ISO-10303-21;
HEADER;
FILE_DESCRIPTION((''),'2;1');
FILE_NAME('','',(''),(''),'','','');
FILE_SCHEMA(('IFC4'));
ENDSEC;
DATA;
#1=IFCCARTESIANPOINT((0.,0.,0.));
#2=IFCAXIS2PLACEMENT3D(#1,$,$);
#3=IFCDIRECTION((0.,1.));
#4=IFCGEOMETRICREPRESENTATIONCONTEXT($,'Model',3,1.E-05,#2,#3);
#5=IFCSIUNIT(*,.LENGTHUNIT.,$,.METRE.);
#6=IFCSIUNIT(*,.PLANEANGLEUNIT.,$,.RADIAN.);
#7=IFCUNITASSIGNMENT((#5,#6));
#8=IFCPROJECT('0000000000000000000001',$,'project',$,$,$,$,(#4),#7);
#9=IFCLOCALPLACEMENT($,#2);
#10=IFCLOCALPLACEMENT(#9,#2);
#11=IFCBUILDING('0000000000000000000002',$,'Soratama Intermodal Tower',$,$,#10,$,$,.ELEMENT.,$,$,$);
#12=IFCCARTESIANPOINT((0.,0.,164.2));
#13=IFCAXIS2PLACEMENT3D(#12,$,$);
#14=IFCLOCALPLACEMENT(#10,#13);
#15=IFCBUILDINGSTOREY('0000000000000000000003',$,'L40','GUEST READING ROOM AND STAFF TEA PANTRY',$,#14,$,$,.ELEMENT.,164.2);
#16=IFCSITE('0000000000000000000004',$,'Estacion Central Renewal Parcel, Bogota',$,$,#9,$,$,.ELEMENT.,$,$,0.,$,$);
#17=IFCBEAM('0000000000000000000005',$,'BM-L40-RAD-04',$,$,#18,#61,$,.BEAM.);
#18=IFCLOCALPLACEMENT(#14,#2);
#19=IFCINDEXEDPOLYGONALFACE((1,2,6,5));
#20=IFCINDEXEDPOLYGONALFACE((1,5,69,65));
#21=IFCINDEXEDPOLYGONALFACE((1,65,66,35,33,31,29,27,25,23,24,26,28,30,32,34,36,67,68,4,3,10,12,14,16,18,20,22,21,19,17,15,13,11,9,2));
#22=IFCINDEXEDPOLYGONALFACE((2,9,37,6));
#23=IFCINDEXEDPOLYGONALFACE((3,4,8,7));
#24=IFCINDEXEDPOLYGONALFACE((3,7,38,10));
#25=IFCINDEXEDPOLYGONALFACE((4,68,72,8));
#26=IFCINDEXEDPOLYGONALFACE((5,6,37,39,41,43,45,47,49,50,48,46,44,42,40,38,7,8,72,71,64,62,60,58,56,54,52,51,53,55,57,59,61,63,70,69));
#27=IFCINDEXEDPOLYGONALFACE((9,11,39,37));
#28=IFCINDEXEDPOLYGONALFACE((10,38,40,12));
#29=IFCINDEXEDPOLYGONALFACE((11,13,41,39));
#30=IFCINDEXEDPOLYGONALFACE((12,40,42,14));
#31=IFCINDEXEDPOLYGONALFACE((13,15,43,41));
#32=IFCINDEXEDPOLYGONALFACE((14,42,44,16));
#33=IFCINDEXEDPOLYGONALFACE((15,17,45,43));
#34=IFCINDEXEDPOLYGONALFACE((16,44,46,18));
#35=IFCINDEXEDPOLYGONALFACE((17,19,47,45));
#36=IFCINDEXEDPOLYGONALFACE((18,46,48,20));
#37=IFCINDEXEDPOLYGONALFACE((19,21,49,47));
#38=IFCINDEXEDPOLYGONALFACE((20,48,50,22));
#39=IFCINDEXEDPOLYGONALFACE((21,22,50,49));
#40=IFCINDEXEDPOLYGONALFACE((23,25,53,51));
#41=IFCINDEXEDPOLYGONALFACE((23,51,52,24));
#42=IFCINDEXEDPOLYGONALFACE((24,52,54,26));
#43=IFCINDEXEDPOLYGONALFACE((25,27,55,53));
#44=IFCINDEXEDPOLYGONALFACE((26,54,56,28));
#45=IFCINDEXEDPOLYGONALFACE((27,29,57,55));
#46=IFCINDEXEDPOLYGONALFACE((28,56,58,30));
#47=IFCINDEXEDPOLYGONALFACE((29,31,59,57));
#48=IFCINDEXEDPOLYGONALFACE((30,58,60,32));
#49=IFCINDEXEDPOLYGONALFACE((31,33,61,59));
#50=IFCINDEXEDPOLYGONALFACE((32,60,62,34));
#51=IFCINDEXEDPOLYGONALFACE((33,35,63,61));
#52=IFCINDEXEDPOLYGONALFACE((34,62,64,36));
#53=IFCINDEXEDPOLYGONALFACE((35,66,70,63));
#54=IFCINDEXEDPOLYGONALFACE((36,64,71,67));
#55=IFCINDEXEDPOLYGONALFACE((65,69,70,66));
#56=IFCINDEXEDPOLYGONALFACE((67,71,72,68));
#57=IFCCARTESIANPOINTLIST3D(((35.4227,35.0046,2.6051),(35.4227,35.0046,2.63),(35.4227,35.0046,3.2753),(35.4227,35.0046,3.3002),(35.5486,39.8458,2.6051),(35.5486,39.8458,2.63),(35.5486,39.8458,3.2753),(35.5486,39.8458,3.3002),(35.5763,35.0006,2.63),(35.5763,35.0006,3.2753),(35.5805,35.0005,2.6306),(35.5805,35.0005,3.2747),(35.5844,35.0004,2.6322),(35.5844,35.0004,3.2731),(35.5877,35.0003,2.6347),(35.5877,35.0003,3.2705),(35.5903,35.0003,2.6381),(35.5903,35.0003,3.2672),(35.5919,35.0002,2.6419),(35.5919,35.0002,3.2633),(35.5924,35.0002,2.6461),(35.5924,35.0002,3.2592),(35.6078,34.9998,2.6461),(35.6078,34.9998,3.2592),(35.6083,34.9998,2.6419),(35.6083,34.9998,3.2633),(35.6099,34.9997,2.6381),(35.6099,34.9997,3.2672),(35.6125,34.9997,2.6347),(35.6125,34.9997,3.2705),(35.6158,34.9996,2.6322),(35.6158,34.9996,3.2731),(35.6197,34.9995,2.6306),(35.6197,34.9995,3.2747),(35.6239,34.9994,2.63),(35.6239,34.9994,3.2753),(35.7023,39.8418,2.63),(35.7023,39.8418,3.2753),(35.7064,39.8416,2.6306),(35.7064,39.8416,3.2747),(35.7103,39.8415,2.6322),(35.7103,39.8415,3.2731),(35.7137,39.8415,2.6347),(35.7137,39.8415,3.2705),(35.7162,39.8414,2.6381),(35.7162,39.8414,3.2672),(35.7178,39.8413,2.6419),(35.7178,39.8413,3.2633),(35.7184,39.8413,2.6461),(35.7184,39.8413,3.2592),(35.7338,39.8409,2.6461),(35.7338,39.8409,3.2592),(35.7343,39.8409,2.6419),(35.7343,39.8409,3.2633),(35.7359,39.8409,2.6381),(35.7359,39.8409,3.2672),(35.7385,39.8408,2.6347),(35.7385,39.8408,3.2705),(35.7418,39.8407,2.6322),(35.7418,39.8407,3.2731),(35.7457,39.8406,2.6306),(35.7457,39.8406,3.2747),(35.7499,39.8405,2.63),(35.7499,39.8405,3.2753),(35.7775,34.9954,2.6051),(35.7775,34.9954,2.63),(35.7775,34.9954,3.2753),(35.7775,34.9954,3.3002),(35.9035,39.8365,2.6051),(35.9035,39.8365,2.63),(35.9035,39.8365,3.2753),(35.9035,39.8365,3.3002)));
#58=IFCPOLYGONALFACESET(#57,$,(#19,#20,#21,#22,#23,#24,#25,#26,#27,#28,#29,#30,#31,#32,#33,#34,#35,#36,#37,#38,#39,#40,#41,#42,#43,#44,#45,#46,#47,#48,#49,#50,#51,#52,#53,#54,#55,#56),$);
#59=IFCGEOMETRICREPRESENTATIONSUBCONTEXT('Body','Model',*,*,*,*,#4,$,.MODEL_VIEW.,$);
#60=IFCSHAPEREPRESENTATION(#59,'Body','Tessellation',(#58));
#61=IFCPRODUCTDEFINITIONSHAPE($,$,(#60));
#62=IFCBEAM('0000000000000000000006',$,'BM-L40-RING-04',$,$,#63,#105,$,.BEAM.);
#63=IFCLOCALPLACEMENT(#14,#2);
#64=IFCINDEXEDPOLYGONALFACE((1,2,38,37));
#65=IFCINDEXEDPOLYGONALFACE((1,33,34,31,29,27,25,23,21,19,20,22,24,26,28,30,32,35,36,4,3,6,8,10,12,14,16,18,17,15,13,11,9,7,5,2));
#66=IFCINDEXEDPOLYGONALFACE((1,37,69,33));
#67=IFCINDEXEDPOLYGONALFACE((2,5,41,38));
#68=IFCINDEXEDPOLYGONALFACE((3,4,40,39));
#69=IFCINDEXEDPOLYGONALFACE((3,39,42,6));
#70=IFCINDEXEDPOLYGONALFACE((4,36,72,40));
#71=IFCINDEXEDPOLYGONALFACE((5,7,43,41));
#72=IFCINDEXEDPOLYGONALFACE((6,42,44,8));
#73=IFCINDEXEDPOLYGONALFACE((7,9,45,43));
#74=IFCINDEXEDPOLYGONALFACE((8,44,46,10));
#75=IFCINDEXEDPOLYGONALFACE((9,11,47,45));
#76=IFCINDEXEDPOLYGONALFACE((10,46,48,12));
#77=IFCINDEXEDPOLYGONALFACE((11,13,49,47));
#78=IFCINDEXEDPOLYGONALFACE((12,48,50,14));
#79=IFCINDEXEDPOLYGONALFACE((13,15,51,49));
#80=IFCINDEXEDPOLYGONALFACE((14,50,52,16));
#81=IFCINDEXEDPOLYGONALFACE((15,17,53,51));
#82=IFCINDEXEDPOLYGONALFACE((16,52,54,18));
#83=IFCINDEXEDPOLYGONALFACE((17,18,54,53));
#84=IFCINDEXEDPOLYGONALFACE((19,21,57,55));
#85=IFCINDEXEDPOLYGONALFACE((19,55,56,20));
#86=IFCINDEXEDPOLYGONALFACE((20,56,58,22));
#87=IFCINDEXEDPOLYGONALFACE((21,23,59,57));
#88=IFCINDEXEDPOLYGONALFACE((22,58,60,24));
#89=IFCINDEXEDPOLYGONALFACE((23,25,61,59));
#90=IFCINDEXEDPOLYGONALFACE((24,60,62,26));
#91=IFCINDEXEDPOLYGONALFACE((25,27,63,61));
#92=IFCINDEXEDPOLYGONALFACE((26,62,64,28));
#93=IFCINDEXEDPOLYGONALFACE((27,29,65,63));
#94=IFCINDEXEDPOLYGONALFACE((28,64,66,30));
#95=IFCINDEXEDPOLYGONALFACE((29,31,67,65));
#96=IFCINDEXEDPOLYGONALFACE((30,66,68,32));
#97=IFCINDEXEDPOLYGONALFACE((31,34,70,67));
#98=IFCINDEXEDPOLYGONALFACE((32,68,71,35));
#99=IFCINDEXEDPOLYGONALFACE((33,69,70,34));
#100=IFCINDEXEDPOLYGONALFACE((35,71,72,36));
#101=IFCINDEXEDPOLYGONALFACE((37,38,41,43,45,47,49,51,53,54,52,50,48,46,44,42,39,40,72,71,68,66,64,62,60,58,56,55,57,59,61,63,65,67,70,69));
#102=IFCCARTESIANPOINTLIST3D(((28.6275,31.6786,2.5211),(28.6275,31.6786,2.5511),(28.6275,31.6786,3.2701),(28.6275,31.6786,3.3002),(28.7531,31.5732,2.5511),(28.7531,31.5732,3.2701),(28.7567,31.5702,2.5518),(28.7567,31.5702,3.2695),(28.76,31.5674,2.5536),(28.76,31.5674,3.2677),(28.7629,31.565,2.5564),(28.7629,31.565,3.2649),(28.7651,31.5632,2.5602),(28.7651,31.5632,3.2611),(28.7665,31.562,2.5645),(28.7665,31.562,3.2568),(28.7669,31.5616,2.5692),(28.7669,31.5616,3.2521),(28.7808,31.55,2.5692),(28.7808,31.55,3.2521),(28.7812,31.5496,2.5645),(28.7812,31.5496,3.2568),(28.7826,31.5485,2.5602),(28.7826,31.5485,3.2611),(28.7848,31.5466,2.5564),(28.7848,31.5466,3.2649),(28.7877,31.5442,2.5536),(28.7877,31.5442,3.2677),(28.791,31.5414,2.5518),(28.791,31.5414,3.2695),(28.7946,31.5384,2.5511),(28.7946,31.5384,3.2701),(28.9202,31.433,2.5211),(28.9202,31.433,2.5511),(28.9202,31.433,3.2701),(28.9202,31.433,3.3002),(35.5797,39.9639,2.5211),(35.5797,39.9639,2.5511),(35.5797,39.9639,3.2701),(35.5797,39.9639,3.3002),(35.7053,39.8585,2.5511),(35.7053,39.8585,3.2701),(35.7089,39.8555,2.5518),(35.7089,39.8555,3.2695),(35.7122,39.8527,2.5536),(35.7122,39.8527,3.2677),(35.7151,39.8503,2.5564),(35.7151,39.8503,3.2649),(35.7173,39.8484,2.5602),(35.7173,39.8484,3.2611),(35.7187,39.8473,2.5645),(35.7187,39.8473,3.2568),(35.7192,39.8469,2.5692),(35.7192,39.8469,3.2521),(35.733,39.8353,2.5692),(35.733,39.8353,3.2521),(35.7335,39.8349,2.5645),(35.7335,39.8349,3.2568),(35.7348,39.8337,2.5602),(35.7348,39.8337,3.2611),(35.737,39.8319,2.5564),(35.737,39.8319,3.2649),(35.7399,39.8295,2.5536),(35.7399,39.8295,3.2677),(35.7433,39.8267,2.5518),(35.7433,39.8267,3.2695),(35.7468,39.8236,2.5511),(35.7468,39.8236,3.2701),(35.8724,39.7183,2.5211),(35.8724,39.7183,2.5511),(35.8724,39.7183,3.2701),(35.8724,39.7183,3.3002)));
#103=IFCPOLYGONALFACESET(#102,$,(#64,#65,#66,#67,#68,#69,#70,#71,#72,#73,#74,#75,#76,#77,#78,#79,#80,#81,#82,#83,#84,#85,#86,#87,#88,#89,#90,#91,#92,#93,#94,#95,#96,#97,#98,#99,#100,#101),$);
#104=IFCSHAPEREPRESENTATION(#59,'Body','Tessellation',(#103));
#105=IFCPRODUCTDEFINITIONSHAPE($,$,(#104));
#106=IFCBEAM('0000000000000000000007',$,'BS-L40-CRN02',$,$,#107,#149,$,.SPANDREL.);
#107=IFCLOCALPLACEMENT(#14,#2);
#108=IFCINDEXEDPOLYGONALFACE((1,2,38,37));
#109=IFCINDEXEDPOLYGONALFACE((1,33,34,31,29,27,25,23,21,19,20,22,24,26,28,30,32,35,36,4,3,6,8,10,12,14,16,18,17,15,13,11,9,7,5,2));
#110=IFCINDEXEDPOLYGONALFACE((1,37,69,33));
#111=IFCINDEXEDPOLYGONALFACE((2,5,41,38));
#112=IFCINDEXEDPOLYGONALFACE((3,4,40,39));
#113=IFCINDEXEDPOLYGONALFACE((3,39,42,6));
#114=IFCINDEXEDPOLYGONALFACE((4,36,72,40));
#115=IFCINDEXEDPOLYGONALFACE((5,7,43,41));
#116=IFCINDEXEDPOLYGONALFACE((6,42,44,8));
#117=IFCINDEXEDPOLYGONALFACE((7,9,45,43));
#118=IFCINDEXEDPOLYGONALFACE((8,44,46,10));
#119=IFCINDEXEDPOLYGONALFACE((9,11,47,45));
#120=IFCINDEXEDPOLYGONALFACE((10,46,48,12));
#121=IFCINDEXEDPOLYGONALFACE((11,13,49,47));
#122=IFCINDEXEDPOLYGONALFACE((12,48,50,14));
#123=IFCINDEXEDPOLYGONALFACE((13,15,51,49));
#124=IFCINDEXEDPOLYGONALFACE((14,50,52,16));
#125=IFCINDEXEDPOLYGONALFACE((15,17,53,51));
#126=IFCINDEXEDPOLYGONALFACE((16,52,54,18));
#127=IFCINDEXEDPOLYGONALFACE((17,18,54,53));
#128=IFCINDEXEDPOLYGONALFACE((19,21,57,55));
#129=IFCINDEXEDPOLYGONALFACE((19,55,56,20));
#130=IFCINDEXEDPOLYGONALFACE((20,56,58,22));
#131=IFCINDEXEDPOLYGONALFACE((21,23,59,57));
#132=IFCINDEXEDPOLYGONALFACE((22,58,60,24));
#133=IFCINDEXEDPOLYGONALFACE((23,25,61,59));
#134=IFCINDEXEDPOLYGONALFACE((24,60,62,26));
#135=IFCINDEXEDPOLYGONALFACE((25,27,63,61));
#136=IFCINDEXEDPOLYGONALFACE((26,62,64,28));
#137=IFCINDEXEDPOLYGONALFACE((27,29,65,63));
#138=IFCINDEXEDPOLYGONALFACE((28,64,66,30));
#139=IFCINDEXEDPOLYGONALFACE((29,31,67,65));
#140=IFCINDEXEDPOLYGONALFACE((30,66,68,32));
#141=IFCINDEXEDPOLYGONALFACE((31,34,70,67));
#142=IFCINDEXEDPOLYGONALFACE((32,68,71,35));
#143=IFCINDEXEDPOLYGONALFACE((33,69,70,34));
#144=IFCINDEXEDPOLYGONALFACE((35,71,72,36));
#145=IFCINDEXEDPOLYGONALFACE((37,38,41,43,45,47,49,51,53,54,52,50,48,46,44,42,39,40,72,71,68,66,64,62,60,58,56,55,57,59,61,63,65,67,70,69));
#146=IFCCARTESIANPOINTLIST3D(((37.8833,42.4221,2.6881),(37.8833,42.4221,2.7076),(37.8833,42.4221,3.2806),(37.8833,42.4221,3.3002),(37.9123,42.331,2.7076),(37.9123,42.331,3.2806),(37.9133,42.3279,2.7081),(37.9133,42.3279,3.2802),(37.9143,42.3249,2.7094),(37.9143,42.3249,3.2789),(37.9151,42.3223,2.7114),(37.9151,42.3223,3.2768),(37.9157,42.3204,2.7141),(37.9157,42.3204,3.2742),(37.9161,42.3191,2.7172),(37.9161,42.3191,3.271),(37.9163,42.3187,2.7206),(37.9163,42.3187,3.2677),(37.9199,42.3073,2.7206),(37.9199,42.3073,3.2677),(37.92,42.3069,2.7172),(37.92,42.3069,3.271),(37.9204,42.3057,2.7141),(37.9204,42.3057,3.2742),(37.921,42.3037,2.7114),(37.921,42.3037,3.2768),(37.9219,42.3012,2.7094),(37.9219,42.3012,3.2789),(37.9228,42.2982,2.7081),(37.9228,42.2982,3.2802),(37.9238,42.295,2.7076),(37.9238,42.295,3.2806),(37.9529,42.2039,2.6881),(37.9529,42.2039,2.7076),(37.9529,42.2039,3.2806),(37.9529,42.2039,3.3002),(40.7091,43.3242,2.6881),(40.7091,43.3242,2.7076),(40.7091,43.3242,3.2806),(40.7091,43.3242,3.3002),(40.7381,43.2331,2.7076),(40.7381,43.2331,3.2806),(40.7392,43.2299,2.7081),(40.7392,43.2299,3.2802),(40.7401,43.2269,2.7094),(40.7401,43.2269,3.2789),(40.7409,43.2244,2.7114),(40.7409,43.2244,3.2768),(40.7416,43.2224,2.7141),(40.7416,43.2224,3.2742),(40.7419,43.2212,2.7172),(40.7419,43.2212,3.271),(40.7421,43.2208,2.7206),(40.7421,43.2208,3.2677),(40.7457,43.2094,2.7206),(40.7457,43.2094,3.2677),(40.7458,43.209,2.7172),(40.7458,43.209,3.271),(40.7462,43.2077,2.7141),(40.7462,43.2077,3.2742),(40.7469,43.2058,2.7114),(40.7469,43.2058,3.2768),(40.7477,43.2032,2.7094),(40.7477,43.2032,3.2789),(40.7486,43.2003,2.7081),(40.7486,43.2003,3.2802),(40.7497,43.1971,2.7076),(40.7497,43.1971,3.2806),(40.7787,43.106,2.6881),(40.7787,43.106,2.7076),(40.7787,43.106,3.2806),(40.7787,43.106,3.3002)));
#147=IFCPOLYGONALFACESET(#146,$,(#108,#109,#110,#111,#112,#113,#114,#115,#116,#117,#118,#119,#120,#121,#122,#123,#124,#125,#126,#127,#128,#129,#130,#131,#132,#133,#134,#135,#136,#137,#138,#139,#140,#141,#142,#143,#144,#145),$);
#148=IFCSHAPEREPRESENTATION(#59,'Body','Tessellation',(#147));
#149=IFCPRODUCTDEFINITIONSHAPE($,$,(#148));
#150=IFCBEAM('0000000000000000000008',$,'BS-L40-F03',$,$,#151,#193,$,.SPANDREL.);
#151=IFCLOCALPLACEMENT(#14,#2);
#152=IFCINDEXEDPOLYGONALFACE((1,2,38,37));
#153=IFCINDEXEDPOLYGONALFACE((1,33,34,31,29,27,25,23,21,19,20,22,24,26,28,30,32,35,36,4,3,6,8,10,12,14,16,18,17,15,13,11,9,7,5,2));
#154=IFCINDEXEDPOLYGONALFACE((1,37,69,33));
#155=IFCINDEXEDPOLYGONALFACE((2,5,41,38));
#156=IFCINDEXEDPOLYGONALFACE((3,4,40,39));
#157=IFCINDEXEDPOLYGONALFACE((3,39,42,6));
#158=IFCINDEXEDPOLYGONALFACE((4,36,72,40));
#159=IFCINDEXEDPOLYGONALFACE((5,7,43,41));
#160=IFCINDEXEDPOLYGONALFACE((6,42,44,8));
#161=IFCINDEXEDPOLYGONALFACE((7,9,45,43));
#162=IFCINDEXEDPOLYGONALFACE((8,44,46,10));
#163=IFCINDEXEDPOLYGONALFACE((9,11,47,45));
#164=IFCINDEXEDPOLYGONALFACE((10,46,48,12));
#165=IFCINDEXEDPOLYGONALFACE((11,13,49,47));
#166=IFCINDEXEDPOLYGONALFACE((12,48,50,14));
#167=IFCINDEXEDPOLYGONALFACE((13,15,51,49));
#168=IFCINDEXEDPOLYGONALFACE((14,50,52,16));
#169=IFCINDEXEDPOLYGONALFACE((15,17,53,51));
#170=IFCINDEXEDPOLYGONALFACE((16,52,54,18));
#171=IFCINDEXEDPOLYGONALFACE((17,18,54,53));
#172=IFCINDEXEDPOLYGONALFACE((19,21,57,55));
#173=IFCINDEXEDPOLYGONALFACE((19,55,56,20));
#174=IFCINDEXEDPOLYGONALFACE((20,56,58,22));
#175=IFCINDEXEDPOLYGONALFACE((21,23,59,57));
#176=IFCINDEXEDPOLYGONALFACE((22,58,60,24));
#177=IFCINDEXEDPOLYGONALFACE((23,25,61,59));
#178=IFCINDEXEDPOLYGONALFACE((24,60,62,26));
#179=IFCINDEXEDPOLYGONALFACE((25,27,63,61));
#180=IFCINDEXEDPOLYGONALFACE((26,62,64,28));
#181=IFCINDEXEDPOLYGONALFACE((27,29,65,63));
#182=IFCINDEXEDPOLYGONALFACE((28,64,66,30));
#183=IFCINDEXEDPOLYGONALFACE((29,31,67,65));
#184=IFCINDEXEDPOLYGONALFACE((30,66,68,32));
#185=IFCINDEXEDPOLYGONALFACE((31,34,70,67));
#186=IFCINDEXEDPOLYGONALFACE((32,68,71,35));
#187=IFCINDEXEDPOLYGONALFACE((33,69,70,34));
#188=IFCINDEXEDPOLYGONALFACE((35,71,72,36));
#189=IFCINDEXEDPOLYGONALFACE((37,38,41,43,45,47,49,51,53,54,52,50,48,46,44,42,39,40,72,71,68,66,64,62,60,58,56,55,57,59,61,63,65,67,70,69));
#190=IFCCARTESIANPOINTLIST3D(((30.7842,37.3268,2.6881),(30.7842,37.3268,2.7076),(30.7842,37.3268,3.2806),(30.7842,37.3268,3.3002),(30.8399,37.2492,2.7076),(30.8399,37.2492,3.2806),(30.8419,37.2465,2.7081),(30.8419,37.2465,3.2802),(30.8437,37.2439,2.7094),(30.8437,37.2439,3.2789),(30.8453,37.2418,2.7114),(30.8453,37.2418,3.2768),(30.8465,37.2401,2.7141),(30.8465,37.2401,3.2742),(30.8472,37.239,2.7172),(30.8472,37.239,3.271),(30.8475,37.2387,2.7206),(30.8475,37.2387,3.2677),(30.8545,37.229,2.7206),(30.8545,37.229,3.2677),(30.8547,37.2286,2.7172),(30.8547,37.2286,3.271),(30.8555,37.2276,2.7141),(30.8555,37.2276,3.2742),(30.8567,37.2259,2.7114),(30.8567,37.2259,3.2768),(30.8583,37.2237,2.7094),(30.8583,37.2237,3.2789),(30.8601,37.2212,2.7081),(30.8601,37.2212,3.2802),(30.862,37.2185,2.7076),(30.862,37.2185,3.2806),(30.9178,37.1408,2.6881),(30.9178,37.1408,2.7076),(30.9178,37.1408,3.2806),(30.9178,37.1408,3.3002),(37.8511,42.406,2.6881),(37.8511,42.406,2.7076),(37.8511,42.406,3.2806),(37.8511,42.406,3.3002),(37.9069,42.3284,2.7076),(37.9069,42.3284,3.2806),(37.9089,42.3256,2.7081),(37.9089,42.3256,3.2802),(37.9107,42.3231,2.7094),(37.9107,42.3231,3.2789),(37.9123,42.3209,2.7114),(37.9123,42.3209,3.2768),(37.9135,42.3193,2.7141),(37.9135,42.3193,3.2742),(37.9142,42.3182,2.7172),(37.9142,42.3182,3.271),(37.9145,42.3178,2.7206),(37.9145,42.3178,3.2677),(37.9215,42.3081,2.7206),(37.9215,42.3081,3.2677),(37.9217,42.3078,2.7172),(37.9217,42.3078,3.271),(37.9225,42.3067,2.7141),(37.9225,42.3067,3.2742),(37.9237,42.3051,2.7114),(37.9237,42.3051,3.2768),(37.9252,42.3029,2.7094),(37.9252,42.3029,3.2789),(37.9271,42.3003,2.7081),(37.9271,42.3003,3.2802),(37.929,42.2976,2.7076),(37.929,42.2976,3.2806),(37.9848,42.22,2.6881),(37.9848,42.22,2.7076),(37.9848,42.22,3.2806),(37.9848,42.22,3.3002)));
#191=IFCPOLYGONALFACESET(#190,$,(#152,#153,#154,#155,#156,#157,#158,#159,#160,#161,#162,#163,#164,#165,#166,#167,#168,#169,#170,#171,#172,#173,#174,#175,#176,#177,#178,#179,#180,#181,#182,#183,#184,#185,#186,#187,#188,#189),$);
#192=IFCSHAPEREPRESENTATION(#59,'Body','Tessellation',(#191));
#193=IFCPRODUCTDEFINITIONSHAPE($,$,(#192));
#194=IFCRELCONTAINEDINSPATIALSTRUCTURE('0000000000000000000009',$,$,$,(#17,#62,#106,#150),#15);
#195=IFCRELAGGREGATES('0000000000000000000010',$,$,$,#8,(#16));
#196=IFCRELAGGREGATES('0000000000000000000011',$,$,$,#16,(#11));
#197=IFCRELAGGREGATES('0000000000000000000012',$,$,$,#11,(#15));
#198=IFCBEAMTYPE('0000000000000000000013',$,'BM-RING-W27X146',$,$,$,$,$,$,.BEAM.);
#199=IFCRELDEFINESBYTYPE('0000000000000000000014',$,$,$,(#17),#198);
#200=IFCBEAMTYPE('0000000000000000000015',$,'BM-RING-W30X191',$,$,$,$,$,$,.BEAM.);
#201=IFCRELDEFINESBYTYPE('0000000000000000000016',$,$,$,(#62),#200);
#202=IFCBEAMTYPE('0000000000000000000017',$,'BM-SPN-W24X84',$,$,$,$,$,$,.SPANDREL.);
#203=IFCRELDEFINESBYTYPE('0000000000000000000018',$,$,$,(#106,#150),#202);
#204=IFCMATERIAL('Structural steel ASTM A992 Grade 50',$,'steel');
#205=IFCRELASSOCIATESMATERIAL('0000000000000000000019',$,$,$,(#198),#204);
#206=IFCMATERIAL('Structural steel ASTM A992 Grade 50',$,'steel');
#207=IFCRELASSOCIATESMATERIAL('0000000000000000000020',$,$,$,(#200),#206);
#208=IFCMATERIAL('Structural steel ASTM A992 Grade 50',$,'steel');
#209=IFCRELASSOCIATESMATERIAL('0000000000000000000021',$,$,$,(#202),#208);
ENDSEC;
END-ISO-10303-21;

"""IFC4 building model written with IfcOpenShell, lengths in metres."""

from ifc_helpers import new_model, si_unit, direction, frame, origin, origin_2d, place, context, subcontext, project, spatial, i_section, extrude, material, material_profile, profile_set, type_object, element, save


model = new_model("IFC4")

# Units and contexts
model_context = context("Model", 3, precision=1e-05, world=origin(), true_north=direction((0.0, 1.0)))
body_context = subcontext(model_context, "Body", "Model", "MODEL_VIEW")
ifc_project = project(units=[si_unit("LENGTHUNIT", "METRE"), si_unit("PLANEANGLEUNIT", "RADIAN")], contexts=[model_context])

# Site, building, storey
site_placement = place(None, origin())
site = spatial("IfcSite", under=ifc_project, at=site_placement, Name="Estacion Central Renewal Parcel, Bogota", CompositionType="ELEMENT", RefElevation=0.0)
building_placement = place(site_placement, origin())
building = spatial("IfcBuilding", under=site, at=building_placement, Name="Soratama Intermodal Tower", CompositionType="ELEMENT")
storey_placement = place(building_placement, frame((0.0, 0.0, 164.2)))
storey = spatial("IfcBuildingStorey", under=building, at=storey_placement, Name="L40", Description="GUEST READING ROOM AND STAFF TEA PANTRY", CompositionType="ELEMENT", Elevation=164.2)

# Beams
ifc_material_1 = material(Name="Structural steel ASTM A992 Grade 50", Category="steel")
ifc_material_profile_1 = material_profile(ifc_material_1, i_section(OverallWidth=0.355, OverallDepth=0.6951, WebThickness=0.0154, FlangeThickness=0.0249, FilletRadius=0.0161, at=origin_2d()), Name="W27X146")
ifc_profile_set_1 = profile_set([ifc_material_profile_1], Name="Structural steel ASTM A992 Grade 50")
beam_type_1 = type_object("IfcBeamType", Name="BM-RING-W27X146", PredefinedType="BEAM", material=ifc_profile_set_1)
beam_1_placement = place(storey_placement, frame((35.6001, 35.0, 2.9526), z_axis=(0.026014, 0.999662, 0.0), x_axis=(-0.999662, 0.026014, 0.0)))
element("IfcBeam", 1, at=beam_1_placement, inside=storey, type_object=beam_type_1, Name="BM-L40-RAD-04", PredefinedType="BEAM", context=body_context, shape_type="SweptSolid", body=[
    extrude(i_section(OverallWidth=0.355, OverallDepth=0.6951, WebThickness=0.0154, FlangeThickness=0.0249, FilletRadius=0.0161, at=origin_2d()), origin(), (0.0, 0.0, 1.0), 4.8428),
])
ifc_material_2 = material(Name="Structural steel ASTM A992 Grade 50", Category="steel")
ifc_material_profile_2 = material_profile(ifc_material_2, i_section(OverallWidth=0.3821, OverallDepth=0.7791, WebThickness=0.0181, FlangeThickness=0.03, FilletRadius=0.0181, at=origin_2d()), Name="W30X191")
ifc_profile_set_2 = profile_set([ifc_material_profile_2], Name="Structural steel ASTM A992 Grade 50")
beam_type_2 = type_object("IfcBeamType", Name="BM-RING-W30X191", PredefinedType="BEAM", material=ifc_profile_set_2)
beam_2_placement = place(storey_placement, frame((35.7261, 39.8411, 2.9106), z_axis=(-0.642792, -0.766041, 0.0), x_axis=(0.766041, -0.642792, 0.0)))
element("IfcBeam", 2, at=beam_2_placement, inside=storey, type_object=beam_type_2, Name="BM-L40-RING-04", PredefinedType="BEAM", context=body_context, shape_type="SweptSolid", body=[
    extrude(i_section(OverallWidth=0.3821, OverallDepth=0.7791, WebThickness=0.0181, FlangeThickness=0.03, FilletRadius=0.0181, at=origin_2d()), origin(), (0.0, 0.0, 1.0), 10.8157),
])
ifc_material_3 = material(Name="Structural steel ASTM A992 Grade 50", Category="steel")
ifc_material_profile_3 = material_profile(ifc_material_3, i_section(OverallWidth=0.229, OverallDepth=0.6121, WebThickness=0.012, FlangeThickness=0.0195, FilletRadius=0.0129, at=origin_2d()), Name="W24X84")
ifc_profile_set_3 = profile_set([ifc_material_profile_3], Name="Structural steel ASTM A992 Grade 50")
beam_type_3 = type_object("IfcBeamType", Name="BM-SPN-W24X84", PredefinedType="SPANDREL", material=ifc_profile_set_3)
beam_3_placement = place(storey_placement, frame((40.7439, 43.2151, 2.9941), z_axis=(-0.952639, -0.304104, 0.0), x_axis=(0.304104, -0.952639, 0.0)))
element("IfcBeam", 3, at=beam_3_placement, inside=storey, type_object=beam_type_3, Name="BS-L40-CRN02", PredefinedType="SPANDREL", context=body_context, shape_type="SweptSolid", body=[
    extrude(i_section(OverallWidth=0.229, OverallDepth=0.6121, WebThickness=0.012, FlangeThickness=0.0195, FilletRadius=0.0129, at=origin_2d()), origin(), (0.0, 0.0, 1.0), 2.9663),
])
beam_4_placement = place(storey_placement, frame((37.918, 42.313, 2.9941), z_axis=(-0.812028, -0.583619, 0.0), x_axis=(0.583619, -0.812028, 0.0)))
element("IfcBeam", 4, at=beam_4_placement, inside=storey, type_object=beam_type_3, Name="BS-L40-F03", PredefinedType="SPANDREL", context=body_context, shape_type="SweptSolid", body=[
    extrude(i_section(OverallWidth=0.229, OverallDepth=0.6121, WebThickness=0.012, FlangeThickness=0.0195, FilletRadius=0.0129, at=origin_2d()), origin(), (0.0, 0.0, 1.0), 8.7029),
])

save(model, "model.ifc")
